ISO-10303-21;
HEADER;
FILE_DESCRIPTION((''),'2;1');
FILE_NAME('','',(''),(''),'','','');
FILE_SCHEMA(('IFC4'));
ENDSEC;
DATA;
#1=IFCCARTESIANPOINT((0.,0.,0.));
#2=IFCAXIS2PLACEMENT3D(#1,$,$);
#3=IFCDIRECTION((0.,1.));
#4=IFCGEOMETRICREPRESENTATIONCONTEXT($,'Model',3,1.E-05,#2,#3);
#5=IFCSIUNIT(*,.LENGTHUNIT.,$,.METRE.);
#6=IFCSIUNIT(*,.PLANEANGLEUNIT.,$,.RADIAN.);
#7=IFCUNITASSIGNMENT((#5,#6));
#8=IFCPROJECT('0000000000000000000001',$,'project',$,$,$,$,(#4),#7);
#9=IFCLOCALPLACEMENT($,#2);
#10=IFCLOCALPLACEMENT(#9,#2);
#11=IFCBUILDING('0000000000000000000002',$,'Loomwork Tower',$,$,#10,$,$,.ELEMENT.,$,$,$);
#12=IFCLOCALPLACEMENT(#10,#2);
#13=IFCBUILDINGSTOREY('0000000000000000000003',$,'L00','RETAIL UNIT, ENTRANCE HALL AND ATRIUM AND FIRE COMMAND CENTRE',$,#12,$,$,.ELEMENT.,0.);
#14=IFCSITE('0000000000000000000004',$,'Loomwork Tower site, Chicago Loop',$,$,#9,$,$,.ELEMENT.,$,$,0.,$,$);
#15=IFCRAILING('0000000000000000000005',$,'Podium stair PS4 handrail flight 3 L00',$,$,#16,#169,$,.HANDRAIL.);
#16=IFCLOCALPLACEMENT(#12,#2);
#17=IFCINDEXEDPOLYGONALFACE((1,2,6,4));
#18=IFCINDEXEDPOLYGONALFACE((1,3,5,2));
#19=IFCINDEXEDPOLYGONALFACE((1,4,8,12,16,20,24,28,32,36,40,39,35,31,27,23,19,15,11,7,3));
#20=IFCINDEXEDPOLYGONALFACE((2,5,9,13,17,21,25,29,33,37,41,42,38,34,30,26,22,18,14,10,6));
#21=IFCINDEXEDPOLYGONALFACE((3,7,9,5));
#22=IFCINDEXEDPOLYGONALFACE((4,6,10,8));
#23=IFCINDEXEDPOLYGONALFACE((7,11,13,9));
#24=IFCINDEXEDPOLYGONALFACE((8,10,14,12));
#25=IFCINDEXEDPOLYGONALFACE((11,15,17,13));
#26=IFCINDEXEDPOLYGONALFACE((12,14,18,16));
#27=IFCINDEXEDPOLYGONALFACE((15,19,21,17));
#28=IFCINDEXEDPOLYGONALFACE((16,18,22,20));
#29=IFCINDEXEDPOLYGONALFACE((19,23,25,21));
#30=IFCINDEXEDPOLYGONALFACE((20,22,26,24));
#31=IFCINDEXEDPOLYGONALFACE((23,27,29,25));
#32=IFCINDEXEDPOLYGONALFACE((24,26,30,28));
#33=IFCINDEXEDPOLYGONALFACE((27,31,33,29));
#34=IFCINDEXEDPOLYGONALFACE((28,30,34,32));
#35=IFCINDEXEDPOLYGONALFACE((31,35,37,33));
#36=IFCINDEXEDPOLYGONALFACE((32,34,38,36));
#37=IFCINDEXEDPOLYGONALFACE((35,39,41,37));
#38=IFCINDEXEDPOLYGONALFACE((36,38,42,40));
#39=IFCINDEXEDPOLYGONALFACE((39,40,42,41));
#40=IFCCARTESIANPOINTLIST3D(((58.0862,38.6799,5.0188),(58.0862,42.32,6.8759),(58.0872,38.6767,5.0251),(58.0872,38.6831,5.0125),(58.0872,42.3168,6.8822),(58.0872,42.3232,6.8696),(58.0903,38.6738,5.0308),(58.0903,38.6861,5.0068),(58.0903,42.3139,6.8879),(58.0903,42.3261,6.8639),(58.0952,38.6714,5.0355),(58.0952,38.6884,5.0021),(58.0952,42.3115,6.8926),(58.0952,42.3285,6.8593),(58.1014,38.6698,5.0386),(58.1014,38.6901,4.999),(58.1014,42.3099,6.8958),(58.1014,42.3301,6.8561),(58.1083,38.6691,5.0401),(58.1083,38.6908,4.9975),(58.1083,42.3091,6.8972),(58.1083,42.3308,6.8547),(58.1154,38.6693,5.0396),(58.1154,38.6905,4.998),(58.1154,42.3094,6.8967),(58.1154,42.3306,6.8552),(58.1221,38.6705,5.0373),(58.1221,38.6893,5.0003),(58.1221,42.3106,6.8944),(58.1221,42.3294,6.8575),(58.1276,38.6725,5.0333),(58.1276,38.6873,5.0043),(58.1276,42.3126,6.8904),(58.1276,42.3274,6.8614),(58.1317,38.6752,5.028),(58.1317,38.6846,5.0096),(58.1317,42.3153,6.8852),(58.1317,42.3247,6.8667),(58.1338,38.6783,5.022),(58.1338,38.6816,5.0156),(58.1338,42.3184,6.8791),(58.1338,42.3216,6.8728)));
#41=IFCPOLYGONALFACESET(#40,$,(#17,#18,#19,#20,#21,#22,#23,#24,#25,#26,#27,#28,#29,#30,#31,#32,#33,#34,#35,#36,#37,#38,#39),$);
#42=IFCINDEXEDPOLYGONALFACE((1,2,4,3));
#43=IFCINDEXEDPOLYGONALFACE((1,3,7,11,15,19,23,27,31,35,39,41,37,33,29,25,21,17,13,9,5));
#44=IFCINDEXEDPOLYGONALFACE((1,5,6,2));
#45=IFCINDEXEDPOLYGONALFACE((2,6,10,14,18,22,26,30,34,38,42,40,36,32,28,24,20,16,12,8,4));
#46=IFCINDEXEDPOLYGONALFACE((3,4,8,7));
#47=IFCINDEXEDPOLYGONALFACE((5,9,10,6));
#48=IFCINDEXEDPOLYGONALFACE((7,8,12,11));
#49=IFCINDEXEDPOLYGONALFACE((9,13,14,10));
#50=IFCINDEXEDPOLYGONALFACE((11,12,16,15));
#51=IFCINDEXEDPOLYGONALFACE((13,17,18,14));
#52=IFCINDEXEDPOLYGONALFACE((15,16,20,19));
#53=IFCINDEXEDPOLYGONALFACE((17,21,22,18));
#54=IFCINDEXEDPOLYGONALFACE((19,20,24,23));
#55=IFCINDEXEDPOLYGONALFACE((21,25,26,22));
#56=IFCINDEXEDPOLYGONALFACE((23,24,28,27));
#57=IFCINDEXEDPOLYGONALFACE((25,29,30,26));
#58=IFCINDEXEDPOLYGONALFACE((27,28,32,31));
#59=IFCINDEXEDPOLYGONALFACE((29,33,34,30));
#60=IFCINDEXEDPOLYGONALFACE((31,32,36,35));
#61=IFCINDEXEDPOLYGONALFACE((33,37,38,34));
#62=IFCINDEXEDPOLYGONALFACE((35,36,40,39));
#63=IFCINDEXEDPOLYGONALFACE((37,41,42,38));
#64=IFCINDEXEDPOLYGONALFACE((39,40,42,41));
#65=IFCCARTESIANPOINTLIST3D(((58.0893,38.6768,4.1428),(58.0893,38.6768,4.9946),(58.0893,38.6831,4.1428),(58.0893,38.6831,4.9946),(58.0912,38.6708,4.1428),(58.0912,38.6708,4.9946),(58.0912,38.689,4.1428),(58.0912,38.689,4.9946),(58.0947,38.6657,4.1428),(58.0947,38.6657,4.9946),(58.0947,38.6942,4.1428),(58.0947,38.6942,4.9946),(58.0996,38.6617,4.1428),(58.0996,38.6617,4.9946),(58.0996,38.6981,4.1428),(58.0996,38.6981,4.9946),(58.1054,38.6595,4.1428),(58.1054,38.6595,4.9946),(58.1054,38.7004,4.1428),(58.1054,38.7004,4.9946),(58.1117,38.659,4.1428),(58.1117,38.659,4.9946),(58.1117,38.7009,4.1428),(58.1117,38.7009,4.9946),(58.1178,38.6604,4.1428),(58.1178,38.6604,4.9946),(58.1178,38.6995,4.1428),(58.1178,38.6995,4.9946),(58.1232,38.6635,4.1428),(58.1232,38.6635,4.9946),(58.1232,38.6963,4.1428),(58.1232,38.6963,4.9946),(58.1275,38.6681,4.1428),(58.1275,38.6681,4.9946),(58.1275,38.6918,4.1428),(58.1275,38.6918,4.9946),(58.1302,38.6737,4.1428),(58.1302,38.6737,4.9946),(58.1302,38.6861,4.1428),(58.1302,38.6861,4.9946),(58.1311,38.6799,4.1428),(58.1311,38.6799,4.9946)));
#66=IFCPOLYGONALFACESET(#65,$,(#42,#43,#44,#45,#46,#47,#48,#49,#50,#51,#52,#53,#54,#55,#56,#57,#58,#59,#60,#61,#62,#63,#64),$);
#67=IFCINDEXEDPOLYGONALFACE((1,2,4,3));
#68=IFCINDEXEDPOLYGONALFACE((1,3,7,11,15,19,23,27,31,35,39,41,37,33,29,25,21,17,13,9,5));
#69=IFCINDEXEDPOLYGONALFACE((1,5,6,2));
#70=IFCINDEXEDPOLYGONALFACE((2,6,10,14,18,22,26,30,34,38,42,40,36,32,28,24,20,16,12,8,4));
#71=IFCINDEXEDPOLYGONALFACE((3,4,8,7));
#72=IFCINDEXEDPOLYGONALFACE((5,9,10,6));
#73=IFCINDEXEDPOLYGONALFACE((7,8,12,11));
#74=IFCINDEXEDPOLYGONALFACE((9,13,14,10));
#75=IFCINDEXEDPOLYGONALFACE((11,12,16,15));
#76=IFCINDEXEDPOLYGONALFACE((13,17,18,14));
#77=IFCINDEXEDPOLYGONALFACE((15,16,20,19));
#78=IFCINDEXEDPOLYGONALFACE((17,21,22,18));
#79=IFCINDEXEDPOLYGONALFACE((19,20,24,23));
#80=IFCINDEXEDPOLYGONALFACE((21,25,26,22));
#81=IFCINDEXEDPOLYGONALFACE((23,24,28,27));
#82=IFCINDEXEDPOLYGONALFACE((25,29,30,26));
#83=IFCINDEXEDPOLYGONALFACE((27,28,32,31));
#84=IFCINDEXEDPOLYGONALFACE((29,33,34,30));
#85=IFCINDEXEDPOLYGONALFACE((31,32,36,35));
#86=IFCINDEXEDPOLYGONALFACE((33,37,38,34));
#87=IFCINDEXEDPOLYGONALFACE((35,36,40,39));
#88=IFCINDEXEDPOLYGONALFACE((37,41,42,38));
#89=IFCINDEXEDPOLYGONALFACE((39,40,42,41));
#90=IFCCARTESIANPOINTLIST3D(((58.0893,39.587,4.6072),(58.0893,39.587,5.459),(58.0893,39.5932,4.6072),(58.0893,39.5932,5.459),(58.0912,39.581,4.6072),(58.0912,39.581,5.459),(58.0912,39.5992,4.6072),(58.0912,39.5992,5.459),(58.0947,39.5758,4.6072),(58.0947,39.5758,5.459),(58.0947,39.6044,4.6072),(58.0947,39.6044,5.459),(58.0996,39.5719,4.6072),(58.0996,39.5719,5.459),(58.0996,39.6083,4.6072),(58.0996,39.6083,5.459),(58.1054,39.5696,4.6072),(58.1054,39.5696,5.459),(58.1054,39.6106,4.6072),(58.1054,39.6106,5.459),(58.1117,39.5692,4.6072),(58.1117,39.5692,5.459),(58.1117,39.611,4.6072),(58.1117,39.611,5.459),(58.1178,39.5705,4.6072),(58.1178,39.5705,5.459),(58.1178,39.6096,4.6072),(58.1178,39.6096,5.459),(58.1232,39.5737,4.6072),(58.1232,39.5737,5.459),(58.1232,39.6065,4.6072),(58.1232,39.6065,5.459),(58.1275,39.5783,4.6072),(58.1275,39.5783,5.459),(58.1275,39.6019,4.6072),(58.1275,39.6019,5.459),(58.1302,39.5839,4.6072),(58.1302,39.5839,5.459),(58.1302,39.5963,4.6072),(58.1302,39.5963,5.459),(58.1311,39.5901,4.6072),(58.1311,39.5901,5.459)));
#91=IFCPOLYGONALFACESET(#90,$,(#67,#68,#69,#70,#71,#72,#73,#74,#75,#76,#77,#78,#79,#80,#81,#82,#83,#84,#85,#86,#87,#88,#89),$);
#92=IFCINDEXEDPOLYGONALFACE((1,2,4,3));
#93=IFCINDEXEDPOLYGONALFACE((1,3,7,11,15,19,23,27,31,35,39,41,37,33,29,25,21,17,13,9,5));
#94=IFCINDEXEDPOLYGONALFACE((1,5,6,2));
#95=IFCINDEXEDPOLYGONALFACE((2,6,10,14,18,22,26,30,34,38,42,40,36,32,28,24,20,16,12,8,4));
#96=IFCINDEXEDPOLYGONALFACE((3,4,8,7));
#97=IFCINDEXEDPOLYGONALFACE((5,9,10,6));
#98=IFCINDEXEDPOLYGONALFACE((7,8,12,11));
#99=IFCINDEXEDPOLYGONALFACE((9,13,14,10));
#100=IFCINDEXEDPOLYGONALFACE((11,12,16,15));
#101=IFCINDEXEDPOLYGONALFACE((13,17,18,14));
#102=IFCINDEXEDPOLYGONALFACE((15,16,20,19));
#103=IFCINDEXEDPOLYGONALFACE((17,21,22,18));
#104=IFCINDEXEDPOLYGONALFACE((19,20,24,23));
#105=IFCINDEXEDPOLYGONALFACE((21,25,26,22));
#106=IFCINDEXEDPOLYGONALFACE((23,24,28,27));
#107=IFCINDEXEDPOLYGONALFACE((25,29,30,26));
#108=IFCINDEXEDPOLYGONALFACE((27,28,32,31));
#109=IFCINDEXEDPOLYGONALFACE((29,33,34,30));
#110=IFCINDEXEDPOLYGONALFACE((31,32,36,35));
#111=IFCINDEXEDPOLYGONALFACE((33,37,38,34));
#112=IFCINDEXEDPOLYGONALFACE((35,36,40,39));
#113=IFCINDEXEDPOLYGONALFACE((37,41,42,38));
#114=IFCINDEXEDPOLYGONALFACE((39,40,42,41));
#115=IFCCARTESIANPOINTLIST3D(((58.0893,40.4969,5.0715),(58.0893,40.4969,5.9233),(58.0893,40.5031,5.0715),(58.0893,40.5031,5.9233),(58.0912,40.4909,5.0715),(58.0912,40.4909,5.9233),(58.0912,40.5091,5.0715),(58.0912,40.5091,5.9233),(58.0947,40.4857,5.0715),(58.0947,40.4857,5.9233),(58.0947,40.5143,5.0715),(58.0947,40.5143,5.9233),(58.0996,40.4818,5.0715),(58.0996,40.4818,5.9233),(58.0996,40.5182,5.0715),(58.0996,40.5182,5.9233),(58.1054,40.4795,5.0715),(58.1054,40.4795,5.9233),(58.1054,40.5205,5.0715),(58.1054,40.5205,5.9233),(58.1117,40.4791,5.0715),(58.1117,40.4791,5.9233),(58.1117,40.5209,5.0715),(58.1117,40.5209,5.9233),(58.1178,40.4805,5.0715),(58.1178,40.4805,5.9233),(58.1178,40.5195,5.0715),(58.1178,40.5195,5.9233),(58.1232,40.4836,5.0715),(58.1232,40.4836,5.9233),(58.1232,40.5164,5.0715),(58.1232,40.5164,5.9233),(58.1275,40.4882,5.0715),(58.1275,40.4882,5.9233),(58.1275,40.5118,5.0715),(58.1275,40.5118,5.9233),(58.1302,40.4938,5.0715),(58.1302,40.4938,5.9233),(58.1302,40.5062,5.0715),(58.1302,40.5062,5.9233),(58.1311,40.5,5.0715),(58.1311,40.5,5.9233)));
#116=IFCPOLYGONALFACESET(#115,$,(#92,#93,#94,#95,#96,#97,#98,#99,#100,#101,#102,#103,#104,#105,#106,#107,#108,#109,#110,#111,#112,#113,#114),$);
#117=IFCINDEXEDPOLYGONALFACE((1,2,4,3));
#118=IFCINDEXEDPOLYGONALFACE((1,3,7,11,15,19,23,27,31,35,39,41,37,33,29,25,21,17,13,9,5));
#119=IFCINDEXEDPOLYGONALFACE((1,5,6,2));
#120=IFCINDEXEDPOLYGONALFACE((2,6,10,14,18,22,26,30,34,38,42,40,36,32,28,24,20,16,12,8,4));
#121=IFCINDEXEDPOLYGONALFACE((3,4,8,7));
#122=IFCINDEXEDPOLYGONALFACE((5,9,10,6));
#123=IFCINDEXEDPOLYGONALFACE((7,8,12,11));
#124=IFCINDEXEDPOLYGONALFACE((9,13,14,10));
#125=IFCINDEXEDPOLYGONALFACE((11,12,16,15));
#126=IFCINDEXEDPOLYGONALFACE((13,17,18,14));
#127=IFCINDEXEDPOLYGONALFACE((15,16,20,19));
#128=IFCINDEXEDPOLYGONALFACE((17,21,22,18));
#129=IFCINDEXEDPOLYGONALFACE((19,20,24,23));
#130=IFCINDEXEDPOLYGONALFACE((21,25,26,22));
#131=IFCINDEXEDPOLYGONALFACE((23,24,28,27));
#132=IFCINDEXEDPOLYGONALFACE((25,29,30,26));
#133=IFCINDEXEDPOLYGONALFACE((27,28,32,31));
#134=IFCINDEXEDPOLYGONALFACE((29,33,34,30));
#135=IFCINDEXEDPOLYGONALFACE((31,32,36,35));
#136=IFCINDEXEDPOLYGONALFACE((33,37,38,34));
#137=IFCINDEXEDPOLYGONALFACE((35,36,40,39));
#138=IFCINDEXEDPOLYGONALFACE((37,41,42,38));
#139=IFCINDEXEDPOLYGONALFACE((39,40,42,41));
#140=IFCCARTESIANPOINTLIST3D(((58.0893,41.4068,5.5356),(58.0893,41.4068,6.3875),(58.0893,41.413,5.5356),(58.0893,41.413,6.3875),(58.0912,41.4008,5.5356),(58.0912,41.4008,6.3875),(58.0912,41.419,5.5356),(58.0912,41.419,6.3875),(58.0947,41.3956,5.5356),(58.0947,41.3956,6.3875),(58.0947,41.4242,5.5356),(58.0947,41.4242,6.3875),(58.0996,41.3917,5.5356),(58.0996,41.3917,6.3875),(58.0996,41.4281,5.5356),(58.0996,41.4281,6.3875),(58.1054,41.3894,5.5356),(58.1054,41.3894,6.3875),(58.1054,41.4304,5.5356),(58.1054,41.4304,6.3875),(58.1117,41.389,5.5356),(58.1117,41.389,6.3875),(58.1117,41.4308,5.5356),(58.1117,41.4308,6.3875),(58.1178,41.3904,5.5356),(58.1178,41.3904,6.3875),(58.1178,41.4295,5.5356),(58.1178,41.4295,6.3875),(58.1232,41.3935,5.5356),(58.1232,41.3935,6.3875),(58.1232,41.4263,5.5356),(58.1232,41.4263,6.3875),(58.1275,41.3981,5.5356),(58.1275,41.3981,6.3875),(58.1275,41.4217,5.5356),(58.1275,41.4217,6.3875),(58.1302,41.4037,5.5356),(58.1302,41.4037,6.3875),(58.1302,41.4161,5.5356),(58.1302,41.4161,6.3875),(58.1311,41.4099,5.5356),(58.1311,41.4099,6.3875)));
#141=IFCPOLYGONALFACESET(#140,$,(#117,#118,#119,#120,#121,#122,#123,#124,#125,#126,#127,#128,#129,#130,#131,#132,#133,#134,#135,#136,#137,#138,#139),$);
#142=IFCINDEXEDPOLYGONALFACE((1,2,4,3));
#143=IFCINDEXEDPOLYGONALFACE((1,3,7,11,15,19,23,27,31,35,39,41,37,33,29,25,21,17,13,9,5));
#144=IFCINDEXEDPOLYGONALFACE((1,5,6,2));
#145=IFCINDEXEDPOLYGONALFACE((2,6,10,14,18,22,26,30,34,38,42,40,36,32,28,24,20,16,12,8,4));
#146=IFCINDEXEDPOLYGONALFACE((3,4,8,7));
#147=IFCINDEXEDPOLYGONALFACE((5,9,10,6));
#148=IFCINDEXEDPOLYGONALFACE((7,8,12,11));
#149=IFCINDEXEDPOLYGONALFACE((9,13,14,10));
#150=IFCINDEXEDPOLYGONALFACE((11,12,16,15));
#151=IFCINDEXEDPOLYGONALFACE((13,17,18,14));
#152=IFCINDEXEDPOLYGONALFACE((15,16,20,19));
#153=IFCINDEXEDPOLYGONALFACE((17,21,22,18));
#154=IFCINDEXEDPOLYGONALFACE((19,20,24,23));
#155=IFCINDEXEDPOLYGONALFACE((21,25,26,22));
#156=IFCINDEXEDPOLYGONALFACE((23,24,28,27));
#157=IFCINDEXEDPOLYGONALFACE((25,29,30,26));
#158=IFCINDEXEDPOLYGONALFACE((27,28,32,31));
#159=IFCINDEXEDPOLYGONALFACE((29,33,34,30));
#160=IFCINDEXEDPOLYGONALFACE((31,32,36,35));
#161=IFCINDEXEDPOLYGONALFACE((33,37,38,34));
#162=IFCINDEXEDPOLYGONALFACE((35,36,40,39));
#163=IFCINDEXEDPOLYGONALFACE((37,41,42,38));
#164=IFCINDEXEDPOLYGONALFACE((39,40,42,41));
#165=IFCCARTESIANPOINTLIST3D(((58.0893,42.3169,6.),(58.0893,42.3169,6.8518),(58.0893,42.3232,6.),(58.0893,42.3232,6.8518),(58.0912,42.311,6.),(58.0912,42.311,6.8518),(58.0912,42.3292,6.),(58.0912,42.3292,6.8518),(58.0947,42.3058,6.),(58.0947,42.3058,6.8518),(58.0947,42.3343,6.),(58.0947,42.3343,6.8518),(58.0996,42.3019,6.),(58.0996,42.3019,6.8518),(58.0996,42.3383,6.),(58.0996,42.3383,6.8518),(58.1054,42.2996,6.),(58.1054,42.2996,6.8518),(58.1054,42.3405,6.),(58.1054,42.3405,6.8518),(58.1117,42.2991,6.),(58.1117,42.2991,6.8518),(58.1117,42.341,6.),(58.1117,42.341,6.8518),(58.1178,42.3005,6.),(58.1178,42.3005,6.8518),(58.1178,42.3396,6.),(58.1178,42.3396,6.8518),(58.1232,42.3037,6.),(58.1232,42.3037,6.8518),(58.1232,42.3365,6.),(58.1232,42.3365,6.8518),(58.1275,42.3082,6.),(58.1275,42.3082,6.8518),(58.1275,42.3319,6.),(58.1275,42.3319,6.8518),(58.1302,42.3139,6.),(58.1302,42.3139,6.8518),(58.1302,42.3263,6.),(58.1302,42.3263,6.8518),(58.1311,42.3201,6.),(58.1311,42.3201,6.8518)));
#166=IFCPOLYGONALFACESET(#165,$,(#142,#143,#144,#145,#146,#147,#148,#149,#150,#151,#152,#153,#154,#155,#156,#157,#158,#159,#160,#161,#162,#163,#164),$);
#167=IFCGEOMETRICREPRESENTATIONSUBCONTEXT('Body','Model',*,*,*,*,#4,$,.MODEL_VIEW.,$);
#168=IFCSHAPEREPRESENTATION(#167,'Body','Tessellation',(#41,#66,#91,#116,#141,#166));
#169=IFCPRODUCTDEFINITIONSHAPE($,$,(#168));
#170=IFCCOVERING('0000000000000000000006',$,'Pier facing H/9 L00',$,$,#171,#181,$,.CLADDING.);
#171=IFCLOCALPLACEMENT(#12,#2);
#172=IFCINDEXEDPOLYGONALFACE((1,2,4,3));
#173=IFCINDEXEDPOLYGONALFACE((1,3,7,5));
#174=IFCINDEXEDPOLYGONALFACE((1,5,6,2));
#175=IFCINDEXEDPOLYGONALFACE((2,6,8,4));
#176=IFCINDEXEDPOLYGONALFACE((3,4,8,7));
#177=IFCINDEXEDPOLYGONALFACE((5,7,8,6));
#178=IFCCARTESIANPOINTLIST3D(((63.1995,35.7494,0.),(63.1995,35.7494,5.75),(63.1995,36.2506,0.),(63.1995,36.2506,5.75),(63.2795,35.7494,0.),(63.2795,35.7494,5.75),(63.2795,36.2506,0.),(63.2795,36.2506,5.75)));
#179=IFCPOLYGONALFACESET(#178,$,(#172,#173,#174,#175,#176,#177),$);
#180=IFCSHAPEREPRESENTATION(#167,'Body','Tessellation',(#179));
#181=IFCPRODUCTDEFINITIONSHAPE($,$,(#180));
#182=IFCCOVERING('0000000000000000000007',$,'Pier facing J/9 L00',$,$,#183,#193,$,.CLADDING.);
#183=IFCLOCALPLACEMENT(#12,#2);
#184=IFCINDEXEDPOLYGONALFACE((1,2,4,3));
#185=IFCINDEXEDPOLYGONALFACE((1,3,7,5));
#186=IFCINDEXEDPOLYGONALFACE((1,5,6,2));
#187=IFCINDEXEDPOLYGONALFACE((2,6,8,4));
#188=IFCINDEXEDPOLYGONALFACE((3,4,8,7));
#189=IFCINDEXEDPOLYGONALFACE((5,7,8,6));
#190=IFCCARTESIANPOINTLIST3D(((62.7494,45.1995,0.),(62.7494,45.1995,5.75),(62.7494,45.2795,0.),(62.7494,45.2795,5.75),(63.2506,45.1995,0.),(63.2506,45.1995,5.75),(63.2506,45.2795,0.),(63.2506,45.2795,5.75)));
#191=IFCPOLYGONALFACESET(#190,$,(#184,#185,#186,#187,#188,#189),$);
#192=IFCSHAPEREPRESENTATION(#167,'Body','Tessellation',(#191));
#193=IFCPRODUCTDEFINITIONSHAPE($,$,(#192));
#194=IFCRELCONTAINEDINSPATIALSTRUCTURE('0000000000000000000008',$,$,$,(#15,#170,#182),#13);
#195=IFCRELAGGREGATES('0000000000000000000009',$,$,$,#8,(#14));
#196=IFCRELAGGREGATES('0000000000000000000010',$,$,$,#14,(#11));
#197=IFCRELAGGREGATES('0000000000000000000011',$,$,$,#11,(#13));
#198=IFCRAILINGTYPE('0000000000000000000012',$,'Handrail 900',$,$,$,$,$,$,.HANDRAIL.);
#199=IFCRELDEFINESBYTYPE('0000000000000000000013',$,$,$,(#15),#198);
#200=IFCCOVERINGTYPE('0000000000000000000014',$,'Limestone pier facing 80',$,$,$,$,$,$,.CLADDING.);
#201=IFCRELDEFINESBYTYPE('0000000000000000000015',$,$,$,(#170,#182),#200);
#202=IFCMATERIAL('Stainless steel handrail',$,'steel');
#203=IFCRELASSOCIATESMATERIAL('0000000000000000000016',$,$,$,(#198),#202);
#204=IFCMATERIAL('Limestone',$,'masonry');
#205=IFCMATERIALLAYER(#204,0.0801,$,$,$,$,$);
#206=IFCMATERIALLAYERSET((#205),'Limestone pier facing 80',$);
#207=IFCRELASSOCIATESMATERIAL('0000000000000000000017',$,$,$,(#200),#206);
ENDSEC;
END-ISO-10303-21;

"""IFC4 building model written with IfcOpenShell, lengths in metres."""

from ifc_helpers import new_model, si_unit, direction, frame, origin, origin_2d, place, context, subcontext, project, spatial, rectangle, circle, extrude, material, layer, layer_set, type_object, element, save


model = new_model("IFC4")

# Units and contexts
model_context = context("Model", 3, precision=1e-05, world=origin(), true_north=direction((0.0, 1.0)))
body_context = subcontext(model_context, "Body", "Model", "MODEL_VIEW")
ifc_project = project(units=[si_unit("LENGTHUNIT", "METRE"), si_unit("PLANEANGLEUNIT", "RADIAN")], contexts=[model_context])

# Site, building, storey
site_placement = place(None, origin())
site = spatial("IfcSite", under=ifc_project, at=site_placement, Name="Loomwork Tower site, Chicago Loop", CompositionType="ELEMENT", RefElevation=0.0)
building_placement = place(site_placement, origin())
building = spatial("IfcBuilding", under=site, at=building_placement, Name="Loomwork Tower", CompositionType="ELEMENT")
storey_placement = place(building_placement, origin())
storey = spatial("IfcBuildingStorey", under=building, at=storey_placement, Name="L00", Description="RETAIL UNIT, ENTRANCE HALL AND ATRIUM AND FIRE COMMAND CENTRE", CompositionType="ELEMENT", Elevation=0.0)

# Railing
ifc_material_1 = material(Name="Stainless steel handrail", Category="steel")
railing_type = type_object("IfcRailingType", Name="Handrail 900", PredefinedType="HANDRAIL", material=ifc_material_1)
railing_1_placement = place(storey_placement, frame((58.1101, 38.6799, 4.1428)))
element("IfcRailing", 1, at=railing_1_placement, inside=storey, type_object=railing_type, Name="Podium stair PS4 handrail flight 3 L00", PredefinedType="HANDRAIL", context=body_context, shape_type="SweptSolid", body=[
    extrude(circle(Radius=0.0239, at=origin_2d()), frame((0.0, 0.0, 0.876), z_axis=(0.0, 0.890765, 0.454464), x_axis=(-1.0, 0.0, 0.0)), (0.0, 0.0, 1.0), 4.0864),
    extrude(circle(Radius=0.021, at=origin_2d()), origin(), (0.0, 0.0, 1.0), 0.8518),
    extrude(circle(Radius=0.021, at=origin_2d()), frame((0.0, 0.9102, 0.4644)), (0.0, 0.0, 1.0), 0.8518),
    extrude(circle(Radius=0.021, at=origin_2d()), frame((0.0, 1.8201, 0.9287)), (0.0, 0.0, 1.0), 0.8518),
    extrude(circle(Radius=0.021, at=origin_2d()), frame((0.0, 2.73, 1.3928)), (0.0, 0.0, 1.0), 0.8518),
    extrude(circle(Radius=0.021, at=origin_2d()), frame((0.0, 3.6401, 1.8572)), (0.0, 0.0, 1.0), 0.8518),
])

# Coverings
ifc_material_2 = material(Name="Limestone", Category="masonry")
ifc_layer_1 = layer(ifc_material_2, 0.0801)
ifc_layer_set_1 = layer_set([ifc_layer_1], Name="Limestone pier facing 80")
covering_type = type_object("IfcCoveringType", Name="Limestone pier facing 80", PredefinedType="CLADDING", material=ifc_layer_set_1)
covering_1_placement = place(storey_placement, frame((63.2395, 36.0, 0.0), z_axis=(0.0, 0.0, 1.0), x_axis=(1.0, 0.0, 0.0)))
element("IfcCovering", 2, at=covering_1_placement, inside=storey, type_object=covering_type, Name="Pier facing H/9 L00", PredefinedType="CLADDING", context=body_context, shape_type="SweptSolid", body=[
    extrude(rectangle(XDim=0.0801, YDim=0.5012, at=origin_2d()), origin(), (0.0, 0.0, 1.0), 5.75),
])
covering_2_placement = place(storey_placement, frame((63.0, 45.2395, 0.0), z_axis=(0.0, 0.0, 1.0), x_axis=(1.0, 0.0, 0.0)))
element("IfcCovering", 3, at=covering_2_placement, inside=storey, type_object=covering_type, Name="Pier facing J/9 L00", PredefinedType="CLADDING", context=body_context, shape_type="SweptSolid", body=[
    extrude(rectangle(XDim=0.5012, YDim=0.0801, at=origin_2d()), origin(), (0.0, 0.0, 1.0), 5.75),
])

save(model, "model.ifc")
